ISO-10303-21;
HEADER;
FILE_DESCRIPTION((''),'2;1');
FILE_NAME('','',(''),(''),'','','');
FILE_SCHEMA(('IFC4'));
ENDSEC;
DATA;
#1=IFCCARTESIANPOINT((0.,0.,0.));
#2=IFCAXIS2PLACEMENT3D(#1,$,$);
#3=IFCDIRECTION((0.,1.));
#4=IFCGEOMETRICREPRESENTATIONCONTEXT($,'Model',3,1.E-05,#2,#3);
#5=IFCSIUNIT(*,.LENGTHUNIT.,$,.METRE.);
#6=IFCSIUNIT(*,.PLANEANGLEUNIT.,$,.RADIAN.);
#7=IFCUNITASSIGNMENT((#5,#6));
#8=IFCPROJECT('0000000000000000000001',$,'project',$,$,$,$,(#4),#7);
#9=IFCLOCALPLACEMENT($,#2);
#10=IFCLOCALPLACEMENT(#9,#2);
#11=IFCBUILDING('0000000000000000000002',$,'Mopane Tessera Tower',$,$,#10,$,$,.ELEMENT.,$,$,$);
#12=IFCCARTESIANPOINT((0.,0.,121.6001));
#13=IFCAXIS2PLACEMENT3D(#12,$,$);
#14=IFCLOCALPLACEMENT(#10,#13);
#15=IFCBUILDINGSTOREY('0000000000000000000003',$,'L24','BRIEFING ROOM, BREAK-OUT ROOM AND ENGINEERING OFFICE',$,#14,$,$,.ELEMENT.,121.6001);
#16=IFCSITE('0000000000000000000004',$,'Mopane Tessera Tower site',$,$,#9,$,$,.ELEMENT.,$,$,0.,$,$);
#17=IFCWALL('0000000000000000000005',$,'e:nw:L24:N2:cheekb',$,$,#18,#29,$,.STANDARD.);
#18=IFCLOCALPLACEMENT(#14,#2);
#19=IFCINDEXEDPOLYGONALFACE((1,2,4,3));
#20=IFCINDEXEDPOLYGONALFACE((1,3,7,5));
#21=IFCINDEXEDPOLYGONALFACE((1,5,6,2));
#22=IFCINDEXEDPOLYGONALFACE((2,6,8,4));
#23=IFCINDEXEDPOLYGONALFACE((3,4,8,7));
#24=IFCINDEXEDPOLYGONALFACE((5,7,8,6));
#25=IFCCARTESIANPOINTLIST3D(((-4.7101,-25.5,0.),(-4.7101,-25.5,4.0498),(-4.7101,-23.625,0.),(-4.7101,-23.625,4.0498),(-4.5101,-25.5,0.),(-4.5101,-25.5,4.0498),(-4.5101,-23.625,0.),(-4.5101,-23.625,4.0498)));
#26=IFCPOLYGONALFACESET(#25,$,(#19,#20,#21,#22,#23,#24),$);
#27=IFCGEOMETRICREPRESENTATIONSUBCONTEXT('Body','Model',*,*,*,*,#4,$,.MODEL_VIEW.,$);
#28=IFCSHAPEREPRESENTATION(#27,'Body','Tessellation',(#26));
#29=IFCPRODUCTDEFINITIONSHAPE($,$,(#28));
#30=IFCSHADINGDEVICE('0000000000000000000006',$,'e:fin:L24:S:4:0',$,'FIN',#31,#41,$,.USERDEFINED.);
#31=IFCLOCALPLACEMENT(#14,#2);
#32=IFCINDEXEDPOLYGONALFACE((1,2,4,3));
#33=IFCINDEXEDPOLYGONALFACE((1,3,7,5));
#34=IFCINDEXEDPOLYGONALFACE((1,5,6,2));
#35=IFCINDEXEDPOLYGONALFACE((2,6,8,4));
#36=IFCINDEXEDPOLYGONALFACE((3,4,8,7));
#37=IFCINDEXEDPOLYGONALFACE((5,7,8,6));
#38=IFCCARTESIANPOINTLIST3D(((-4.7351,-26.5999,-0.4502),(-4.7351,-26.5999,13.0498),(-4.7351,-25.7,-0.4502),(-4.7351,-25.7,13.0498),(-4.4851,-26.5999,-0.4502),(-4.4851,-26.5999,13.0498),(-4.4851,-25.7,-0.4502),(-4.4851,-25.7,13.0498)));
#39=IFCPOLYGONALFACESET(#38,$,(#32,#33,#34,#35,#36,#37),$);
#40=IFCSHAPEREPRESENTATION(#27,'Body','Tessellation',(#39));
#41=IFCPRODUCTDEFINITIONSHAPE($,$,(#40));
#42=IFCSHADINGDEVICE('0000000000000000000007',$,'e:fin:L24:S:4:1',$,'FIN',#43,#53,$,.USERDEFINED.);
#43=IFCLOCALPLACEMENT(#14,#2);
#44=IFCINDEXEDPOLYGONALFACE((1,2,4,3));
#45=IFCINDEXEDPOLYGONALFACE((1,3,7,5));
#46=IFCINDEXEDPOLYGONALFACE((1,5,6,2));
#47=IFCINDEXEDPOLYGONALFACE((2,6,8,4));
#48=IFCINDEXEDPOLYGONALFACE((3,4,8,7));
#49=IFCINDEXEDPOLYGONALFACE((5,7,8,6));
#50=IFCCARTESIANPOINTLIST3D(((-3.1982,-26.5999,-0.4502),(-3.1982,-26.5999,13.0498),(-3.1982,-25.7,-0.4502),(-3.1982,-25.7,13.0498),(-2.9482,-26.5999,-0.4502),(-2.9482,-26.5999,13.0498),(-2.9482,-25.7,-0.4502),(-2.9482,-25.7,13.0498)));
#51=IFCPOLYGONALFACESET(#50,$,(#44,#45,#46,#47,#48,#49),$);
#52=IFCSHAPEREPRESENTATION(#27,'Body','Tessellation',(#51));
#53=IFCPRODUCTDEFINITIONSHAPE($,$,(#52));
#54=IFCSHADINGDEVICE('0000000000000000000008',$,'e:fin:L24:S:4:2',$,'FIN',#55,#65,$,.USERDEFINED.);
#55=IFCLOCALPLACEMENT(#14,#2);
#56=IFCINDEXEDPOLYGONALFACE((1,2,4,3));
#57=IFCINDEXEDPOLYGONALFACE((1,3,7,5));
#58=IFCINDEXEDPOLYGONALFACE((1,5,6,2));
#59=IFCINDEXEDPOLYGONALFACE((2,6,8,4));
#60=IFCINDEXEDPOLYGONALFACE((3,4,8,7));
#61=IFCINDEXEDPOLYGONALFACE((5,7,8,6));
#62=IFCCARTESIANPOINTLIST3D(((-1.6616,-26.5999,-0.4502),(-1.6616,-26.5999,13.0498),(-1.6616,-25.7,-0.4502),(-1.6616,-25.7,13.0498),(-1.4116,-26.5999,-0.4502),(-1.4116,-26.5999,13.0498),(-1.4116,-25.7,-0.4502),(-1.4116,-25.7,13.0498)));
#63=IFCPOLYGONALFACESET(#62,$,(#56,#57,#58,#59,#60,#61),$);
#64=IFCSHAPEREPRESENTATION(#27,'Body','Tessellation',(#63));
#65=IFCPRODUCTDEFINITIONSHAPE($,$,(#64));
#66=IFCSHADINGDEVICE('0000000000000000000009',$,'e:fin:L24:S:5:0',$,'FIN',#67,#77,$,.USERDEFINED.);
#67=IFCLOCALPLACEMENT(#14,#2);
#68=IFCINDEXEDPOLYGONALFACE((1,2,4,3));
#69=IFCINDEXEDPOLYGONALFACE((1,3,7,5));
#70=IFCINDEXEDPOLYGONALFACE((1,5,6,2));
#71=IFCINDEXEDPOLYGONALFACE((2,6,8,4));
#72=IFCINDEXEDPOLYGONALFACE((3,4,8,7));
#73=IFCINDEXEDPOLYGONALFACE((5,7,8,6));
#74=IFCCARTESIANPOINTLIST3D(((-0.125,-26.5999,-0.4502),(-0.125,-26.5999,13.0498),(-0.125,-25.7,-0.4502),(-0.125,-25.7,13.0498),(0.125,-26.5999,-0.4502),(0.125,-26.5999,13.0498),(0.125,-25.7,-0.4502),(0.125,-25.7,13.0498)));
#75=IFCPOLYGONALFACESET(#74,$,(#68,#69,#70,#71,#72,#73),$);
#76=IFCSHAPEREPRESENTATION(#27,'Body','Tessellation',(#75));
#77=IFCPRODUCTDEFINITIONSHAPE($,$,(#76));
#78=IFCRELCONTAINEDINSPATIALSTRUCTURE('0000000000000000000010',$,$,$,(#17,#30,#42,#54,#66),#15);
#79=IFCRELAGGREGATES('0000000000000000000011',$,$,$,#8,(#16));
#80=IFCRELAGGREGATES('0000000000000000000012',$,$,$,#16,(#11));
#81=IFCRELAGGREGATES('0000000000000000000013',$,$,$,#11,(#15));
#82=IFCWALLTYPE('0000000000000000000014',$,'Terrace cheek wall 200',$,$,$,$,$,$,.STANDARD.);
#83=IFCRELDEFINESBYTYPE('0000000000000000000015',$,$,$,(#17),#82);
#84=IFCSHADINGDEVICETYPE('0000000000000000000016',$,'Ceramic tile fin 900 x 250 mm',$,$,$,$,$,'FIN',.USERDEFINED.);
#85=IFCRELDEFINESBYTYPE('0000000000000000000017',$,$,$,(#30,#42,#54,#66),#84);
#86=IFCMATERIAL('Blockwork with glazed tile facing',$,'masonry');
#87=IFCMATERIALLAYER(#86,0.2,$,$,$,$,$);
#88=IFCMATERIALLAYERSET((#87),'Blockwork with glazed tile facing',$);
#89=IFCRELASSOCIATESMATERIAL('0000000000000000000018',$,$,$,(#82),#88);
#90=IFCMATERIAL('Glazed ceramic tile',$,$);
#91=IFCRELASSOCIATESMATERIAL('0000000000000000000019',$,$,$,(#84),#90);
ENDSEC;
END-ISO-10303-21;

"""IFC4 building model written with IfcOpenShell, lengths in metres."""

from ifc_helpers import new_model, si_unit, direction, frame, frame_2d, origin, origin_2d, place, context, subcontext, project, spatial, rectangle, extrude, material, layer, layer_set, type_object, element, save


model = new_model("IFC4")

# Units and contexts
model_context = context("Model", 3, precision=1e-05, world=origin(), true_north=direction((0.0, 1.0)))
body_context = subcontext(model_context, "Body", "Model", "MODEL_VIEW")
ifc_project = project(units=[si_unit("LENGTHUNIT", "METRE"), si_unit("PLANEANGLEUNIT", "RADIAN")], contexts=[model_context])

# Site, building, storey
site_placement = place(None, origin())
site = spatial("IfcSite", under=ifc_project, at=site_placement, Name="Mopane Tessera Tower site", CompositionType="ELEMENT", RefElevation=0.0)
building_placement = place(site_placement, origin())
building = spatial("IfcBuilding", under=site, at=building_placement, Name="Mopane Tessera Tower", CompositionType="ELEMENT")
storey_placement = place(building_placement, frame((0.0, 0.0, 121.6001)))
storey = spatial("IfcBuildingStorey", under=building, at=storey_placement, Name="L24", Description="BRIEFING ROOM, BREAK-OUT ROOM AND ENGINEERING OFFICE", CompositionType="ELEMENT", Elevation=121.6001)

# Wall
ifc_material_1 = material(Name="Blockwork with glazed tile facing", Category="masonry")
ifc_layer_1 = layer(ifc_material_1, 0.2)
ifc_layer_set_1 = layer_set([ifc_layer_1], Name="Blockwork with glazed tile facing")
wall_type_1 = type_object("IfcWallType", Name="Terrace cheek wall 200", PredefinedType="STANDARD", material=ifc_layer_set_1)
wall_1_placement = place(storey_placement, frame((-4.6101, -25.5, 0.0), z_axis=(0.0, 0.0, 1.0), x_axis=(0.0, 1.0, 0.0)))
element("IfcWall", 1, at=wall_1_placement, inside=storey, type_object=wall_type_1, Name="e:nw:L24:N2:cheekb", PredefinedType="STANDARD", context=body_context, shape_type="SweptSolid", body=[
    extrude(rectangle(XDim=1.875, YDim=0.2, at=frame_2d((0.9375, 0.0))), origin(), (0.0, 0.0, 1.0), 4.0498),
])

# Shading devices
ifc_material_2 = material(Name="Glazed ceramic tile")
shading_device_type = type_object("IfcShadingDeviceType", Name="Ceramic tile fin 900 x 250 mm", ElementType="FIN", PredefinedType="USERDEFINED", material=ifc_material_2)
for number, where, z_axis, x_axis, name in (
    (2, (-4.6101, -26.1499, -0.4502), (0.0, 0.0, 1.0), (1.0, 0.0, 0.0), "e:fin:L24:S:4:0"),
    (3, (-3.0732, -26.1499, -0.4502), (0.0, 0.0, 1.0), (1.0, 0.0, 0.0), "e:fin:L24:S:4:1"),
    (4, (-1.5366, -26.1499, -0.4502), (0.0, 0.0, 1.0), (1.0, 0.0, 0.0), "e:fin:L24:S:4:2"),
    (5, (0.0, -26.1499, -0.4502), (0.0, 0.0, 1.0), (1.0, 0.0, 0.0), "e:fin:L24:S:5:0"),
):
    element("IfcShadingDevice", number, at=place(storey_placement, frame(where, z_axis=z_axis, x_axis=x_axis)), inside=storey, type_object=shading_device_type, Name=name, ObjectType="FIN", PredefinedType="USERDEFINED", context=body_context, shape_type="SweptSolid", body=[
        extrude(rectangle(XDim=0.25, YDim=0.8999, at=origin_2d()), origin(), (0.0, 0.0, 1.0), 13.5),
    ])

save(model, "model.ifc")
